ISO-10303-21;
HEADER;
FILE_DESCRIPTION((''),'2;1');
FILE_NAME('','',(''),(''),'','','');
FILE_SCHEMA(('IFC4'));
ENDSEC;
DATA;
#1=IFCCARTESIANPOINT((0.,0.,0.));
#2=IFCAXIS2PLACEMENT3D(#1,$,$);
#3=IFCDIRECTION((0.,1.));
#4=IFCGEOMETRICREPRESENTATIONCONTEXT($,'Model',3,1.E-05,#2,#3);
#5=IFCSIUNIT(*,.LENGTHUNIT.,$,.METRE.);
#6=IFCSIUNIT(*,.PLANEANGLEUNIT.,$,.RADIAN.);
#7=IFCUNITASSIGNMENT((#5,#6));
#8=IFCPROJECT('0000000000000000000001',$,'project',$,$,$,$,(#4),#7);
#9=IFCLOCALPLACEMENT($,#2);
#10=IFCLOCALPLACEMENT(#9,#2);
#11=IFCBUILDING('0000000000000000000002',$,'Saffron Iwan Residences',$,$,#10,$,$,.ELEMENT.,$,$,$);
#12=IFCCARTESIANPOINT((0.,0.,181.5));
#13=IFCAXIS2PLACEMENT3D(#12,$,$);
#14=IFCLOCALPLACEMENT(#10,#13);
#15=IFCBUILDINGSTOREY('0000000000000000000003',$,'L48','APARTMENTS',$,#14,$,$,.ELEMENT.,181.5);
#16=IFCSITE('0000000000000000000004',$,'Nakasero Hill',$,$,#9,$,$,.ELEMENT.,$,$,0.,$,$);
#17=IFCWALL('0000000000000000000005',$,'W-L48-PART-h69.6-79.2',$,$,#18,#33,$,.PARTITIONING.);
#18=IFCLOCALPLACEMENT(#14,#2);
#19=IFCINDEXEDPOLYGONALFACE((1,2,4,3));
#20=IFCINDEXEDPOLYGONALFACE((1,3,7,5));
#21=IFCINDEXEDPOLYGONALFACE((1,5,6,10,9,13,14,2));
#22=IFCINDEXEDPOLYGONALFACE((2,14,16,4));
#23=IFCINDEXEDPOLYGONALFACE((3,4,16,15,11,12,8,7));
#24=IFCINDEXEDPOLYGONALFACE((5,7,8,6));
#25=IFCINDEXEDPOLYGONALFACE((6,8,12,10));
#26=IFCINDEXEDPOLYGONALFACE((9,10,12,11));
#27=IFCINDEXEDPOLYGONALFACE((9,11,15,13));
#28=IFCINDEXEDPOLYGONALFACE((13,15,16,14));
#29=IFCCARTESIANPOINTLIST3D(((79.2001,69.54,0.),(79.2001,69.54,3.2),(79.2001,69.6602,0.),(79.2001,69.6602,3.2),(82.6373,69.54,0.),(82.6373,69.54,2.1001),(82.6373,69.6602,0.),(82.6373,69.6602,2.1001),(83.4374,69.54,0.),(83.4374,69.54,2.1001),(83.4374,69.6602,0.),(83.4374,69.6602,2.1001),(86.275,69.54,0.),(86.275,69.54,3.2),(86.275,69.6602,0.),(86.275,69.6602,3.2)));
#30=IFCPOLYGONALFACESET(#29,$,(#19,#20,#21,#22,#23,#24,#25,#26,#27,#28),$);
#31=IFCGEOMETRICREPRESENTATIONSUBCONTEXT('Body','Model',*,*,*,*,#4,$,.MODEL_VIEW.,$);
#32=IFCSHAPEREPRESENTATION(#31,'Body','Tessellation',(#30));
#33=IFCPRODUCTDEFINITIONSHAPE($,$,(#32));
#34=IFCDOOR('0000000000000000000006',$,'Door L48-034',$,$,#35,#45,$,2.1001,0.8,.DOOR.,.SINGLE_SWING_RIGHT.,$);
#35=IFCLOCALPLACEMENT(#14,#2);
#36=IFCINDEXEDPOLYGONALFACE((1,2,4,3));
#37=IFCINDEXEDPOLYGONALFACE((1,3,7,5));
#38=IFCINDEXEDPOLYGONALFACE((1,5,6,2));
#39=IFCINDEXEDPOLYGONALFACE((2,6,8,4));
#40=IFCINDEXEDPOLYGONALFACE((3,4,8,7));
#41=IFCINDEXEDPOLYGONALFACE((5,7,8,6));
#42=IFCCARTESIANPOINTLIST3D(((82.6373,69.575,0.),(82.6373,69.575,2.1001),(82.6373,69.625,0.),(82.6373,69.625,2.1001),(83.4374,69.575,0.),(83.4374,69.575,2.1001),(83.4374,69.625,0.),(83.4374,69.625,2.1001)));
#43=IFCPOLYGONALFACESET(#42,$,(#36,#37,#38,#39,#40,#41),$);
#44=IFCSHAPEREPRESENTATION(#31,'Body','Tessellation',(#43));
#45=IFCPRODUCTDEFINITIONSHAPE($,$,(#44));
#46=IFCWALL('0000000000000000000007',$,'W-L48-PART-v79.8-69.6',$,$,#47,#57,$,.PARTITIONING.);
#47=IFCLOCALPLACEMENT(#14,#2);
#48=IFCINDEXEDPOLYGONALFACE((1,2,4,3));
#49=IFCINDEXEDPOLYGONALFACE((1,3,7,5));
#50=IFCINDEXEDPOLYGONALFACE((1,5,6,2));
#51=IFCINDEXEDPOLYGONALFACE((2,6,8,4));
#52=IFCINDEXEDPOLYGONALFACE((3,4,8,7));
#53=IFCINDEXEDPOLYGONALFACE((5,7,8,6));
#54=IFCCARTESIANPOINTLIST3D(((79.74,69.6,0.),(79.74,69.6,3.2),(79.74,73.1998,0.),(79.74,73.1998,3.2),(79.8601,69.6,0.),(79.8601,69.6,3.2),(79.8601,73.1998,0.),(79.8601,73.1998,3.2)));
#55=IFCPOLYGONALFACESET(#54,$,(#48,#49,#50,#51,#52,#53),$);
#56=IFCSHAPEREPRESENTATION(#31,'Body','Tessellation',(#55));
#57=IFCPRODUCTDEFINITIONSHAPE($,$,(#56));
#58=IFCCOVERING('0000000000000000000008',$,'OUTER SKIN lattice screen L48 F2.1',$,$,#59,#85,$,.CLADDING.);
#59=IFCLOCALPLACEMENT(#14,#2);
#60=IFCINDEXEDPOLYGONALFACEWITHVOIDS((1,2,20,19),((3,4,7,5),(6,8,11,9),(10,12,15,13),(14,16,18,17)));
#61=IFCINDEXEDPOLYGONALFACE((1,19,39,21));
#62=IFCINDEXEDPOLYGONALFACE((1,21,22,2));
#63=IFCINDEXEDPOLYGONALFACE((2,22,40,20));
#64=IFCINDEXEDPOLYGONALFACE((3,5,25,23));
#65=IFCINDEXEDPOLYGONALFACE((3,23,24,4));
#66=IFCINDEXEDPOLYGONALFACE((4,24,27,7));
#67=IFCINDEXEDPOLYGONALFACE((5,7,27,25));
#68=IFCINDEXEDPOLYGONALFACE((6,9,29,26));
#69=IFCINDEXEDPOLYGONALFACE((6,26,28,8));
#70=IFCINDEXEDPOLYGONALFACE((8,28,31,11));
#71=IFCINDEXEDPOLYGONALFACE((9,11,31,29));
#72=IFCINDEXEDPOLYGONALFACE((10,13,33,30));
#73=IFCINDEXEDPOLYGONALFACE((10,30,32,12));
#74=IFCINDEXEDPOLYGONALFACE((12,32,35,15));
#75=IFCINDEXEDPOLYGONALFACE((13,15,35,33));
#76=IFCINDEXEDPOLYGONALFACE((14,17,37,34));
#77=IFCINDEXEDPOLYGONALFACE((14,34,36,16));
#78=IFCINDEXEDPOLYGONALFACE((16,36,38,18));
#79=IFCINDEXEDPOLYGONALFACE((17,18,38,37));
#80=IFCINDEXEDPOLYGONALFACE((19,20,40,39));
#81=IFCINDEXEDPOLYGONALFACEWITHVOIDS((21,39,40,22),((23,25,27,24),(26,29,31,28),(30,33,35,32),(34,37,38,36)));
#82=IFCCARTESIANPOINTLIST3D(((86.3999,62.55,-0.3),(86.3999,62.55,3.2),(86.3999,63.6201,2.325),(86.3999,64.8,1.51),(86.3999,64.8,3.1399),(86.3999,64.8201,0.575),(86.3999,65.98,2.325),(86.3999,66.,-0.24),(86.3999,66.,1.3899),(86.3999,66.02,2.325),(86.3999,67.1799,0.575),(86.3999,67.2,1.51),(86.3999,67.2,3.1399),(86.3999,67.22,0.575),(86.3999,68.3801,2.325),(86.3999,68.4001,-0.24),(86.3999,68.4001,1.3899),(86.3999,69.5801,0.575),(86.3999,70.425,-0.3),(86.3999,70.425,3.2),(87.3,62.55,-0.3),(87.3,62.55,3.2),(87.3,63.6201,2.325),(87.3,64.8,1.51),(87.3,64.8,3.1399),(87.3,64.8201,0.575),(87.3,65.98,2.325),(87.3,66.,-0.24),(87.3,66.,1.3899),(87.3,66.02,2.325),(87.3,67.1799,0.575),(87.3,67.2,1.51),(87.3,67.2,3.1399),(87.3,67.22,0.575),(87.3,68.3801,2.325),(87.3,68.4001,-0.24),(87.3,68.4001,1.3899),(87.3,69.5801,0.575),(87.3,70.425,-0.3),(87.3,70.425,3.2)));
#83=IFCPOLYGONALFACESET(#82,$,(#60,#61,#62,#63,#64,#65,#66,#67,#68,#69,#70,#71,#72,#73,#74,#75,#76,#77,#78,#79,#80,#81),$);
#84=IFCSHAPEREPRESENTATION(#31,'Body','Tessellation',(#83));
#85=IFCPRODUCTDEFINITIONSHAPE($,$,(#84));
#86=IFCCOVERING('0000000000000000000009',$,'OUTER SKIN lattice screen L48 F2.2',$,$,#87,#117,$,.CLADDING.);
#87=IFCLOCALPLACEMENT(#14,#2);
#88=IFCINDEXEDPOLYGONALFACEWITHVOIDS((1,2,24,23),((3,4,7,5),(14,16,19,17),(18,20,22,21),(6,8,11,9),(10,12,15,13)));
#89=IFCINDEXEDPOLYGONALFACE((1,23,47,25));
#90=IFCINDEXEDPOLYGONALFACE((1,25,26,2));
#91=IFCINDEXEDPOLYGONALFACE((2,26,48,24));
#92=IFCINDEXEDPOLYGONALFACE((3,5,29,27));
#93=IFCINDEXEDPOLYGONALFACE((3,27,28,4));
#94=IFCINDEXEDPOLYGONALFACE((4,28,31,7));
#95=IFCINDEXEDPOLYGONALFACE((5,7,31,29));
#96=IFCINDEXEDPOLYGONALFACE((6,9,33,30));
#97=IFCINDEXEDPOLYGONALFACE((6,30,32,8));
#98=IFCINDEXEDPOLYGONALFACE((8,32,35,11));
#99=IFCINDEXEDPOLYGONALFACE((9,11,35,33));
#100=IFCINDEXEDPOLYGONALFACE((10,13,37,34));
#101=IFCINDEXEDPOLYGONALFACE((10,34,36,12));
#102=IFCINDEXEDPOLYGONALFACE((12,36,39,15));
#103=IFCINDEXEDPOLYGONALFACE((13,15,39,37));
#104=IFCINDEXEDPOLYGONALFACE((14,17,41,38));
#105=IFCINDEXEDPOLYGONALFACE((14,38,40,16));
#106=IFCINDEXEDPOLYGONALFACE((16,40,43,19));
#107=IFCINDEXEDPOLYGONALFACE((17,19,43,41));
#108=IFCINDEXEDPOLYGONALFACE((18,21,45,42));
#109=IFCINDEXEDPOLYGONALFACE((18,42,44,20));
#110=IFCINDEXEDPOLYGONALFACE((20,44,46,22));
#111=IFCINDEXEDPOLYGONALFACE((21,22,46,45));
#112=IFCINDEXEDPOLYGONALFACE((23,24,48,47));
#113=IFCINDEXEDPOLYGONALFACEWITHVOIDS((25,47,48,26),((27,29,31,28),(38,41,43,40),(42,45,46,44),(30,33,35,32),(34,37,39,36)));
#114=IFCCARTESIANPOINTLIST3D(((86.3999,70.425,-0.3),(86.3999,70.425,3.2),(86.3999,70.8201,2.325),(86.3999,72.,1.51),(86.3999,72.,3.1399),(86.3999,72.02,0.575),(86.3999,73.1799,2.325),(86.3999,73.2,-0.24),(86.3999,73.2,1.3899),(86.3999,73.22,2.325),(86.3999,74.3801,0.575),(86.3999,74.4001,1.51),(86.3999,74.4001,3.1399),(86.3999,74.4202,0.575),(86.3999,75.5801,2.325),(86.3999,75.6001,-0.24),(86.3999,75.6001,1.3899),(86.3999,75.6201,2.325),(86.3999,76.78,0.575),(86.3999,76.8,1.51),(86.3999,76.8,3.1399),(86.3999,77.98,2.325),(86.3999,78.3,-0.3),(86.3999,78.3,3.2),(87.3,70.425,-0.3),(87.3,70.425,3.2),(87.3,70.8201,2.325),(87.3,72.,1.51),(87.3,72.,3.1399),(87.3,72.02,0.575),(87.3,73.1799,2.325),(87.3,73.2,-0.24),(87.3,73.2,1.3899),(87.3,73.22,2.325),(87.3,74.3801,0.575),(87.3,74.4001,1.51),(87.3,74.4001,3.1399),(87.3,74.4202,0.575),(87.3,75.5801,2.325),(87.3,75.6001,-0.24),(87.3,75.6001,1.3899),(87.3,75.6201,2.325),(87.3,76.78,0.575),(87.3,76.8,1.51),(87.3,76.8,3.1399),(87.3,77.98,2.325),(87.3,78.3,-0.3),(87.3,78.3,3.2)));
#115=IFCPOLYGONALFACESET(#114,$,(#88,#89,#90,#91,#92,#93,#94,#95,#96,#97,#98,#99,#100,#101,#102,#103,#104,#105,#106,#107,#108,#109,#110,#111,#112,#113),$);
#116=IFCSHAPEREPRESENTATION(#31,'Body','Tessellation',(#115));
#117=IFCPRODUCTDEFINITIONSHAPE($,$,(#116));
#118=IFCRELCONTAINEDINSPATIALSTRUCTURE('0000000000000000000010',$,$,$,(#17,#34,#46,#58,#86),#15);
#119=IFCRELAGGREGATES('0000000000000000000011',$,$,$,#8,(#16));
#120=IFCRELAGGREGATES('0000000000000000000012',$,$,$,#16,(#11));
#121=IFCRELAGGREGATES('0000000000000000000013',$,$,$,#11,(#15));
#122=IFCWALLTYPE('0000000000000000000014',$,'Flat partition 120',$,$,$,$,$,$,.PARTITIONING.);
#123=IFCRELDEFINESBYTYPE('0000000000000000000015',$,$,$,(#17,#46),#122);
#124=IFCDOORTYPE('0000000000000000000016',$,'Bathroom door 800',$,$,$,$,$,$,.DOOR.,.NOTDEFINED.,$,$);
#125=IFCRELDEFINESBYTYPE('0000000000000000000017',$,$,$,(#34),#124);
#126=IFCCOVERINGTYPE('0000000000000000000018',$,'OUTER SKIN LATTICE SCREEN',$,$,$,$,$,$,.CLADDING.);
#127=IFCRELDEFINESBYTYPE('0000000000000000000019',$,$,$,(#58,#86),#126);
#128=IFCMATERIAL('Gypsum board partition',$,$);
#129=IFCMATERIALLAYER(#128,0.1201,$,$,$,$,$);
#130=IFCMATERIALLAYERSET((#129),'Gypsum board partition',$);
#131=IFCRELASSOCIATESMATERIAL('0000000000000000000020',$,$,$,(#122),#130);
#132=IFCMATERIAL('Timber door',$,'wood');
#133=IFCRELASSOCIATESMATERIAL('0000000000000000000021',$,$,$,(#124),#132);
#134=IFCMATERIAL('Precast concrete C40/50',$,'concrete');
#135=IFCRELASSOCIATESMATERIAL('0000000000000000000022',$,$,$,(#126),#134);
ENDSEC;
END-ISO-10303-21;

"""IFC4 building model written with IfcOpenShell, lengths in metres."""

from ifc_helpers import new_model, si_unit, direction, frame, frame_2d, origin, place, context, subcontext, project, spatial, polyline, rectangle, outline, extrude, material, layer, layer_set, type_object, element, fill, save


model = new_model("IFC4")

# Units and contexts
model_context = context("Model", 3, precision=1e-05, world=origin(), true_north=direction((0.0, 1.0)))
body_context = subcontext(model_context, "Body", "Model", "MODEL_VIEW")
ifc_project = project(units=[si_unit("LENGTHUNIT", "METRE"), si_unit("PLANEANGLEUNIT", "RADIAN")], contexts=[model_context])

# Site, building, storey
site_placement = place(None, origin())
site = spatial("IfcSite", under=ifc_project, at=site_placement, Name="Nakasero Hill", CompositionType="ELEMENT", RefElevation=0.0)
building_placement = place(site_placement, origin())
building = spatial("IfcBuilding", under=site, at=building_placement, Name="Saffron Iwan Residences", CompositionType="ELEMENT")
storey_placement = place(building_placement, frame((0.0, 0.0, 181.5)))
storey = spatial("IfcBuildingStorey", under=building, at=storey_placement, Name="L48", Description="APARTMENTS", CompositionType="ELEMENT", Elevation=181.5)

# Wall, opening, door
ifc_material_1 = material(Name="Gypsum board partition")
ifc_layer_1 = layer(ifc_material_1, 0.1201)
ifc_layer_set_1 = layer_set([ifc_layer_1], Name="Gypsum board partition")
wall_type_1 = type_object("IfcWallType", Name="Flat partition 120", PredefinedType="PARTITIONING", material=ifc_layer_set_1)
wall_1_placement = place(storey_placement, frame((79.2, 69.6001, 0.0), z_axis=(0.0, 0.0, 1.0), x_axis=(1.0, 0.0, 0.0)))
wall_1 = element("IfcWall", 1, at=wall_1_placement, inside=storey, type_object=wall_type_1, Name="W-L48-PART-h69.6-79.2", PredefinedType="PARTITIONING", context=body_context, shape_type="SweptSolid", body=[
    extrude(rectangle(XDim=7.075, YDim=0.1201, at=frame_2d((3.5376, 0.0))), origin(), (0.0, 0.0, 1.0), 3.2),
])
opening_1_placement = place(wall_1_placement, frame((3.4375, 0.0, 0.0)))
opening_1 = element("IfcOpeningElement", 2, at=opening_1_placement, cuts=wall_1, PredefinedType="OPENING", context=body_context, shape_type="SweptSolid", body=[
    extrude(rectangle(XDim=0.8, YDim=2.1001, at=frame_2d((0.3999, 1.05))), frame((0.0, 0.0701, 0.0), z_axis=(0.0, -1.0, 0.0), x_axis=(1.0, 0.0, 0.0)), (0.0, 0.0, 1.0), 0.1401),
])
ifc_material_2 = material(Name="Timber door", Category="wood")
door_type = type_object("IfcDoorType", Name="Bathroom door 800", OperationType="NOTDEFINED", PredefinedType="DOOR", material=ifc_material_2)
door_placement = place(opening_1_placement, origin())
door = element("IfcDoor", 3, at=door_placement, inside=storey, type_object=door_type, Name="Door L48-034", OperationType="SINGLE_SWING_RIGHT", OverallHeight=2.1001, OverallWidth=0.8, PredefinedType="DOOR", context=body_context, shape_type="SweptSolid", body=[
    extrude(rectangle(XDim=0.8, YDim=2.1001, at=frame_2d((0.3999, 1.05))), frame((0.0, 0.0249, 0.0), z_axis=(0.0, -1.0, 0.0), x_axis=(1.0, 0.0, 0.0)), (0.0, 0.0, 1.0), 0.05),
])
fill(opening_1, door)

# Wall
wall_2_placement = place(storey_placement, frame((79.8, 69.6001, 0.0), z_axis=(0.0, 0.0, 1.0), x_axis=(0.0, 1.0, 0.0)))
element("IfcWall", 4, at=wall_2_placement, inside=storey, type_object=wall_type_1, Name="W-L48-PART-v79.8-69.6", PredefinedType="PARTITIONING", context=body_context, shape_type="SweptSolid", body=[
    extrude(rectangle(XDim=3.5999, YDim=0.1201, at=frame_2d((1.7998, 0.0))), origin(), (0.0, 0.0, 1.0), 3.2),
])

# Coverings
ifc_material_3 = material(Name="Precast concrete C40/50", Category="concrete")
covering_type = type_object("IfcCoveringType", Name="OUTER SKIN LATTICE SCREEN", PredefinedType="CLADDING", material=ifc_material_3)
covering_1_placement = place(storey_placement, frame((86.3999, 62.55, -0.3), z_axis=(1.0, 0.0, 0.0), x_axis=(0.0, 1.0, 0.0)))
element("IfcCovering", 5, at=covering_1_placement, inside=storey, type_object=covering_type, Name="OUTER SKIN lattice screen L48 F2.1", PredefinedType="CLADDING", context=body_context, shape_type="SweptSolid", body=[
    extrude(outline(polyline([(0.0, 0.0), (7.875, 0.0), (7.875, 3.5), (0.0, 3.5), (0.0, 0.0)]), holes=[polyline([(2.27, 0.875), (3.45, 0.0601), (4.6299, 0.875), (3.45, 1.6899), (2.27, 0.875)]), polyline([(4.6699, 0.875), (5.8501, 0.0601), (7.03, 0.875), (5.8501, 1.6899), (4.6699, 0.875)]), polyline([(1.0701, 2.625), (2.25, 1.8101), (3.4299, 2.625), (2.25, 3.4399), (1.0701, 2.625)]), polyline([(3.47, 2.625), (4.6499, 1.8101), (5.8301, 2.625), (4.6499, 3.4399), (3.47, 2.625)])]), origin(), (0.0, 0.0, 1.0), 0.9001),
])
covering_2_placement = place(storey_placement, frame((86.3999, 70.425, -0.3), z_axis=(1.0, 0.0, 0.0), x_axis=(0.0, 1.0, 0.0)))
element("IfcCovering", 6, at=covering_2_placement, inside=storey, type_object=covering_type, Name="OUTER SKIN lattice screen L48 F2.2", PredefinedType="CLADDING", context=body_context, shape_type="SweptSolid", body=[
    extrude(outline(polyline([(0.0, 0.0), (7.875, 0.0), (7.875, 3.5), (0.0, 3.5), (0.0, 0.0)]), holes=[polyline([(1.595, 0.875), (2.7749, 0.0601), (3.9551, 0.875), (2.7749, 1.6899), (1.595, 0.875)]), polyline([(3.9951, 0.875), (5.175, 0.0601), (6.355, 0.875), (5.175, 1.6899), (3.9951, 0.875)]), polyline([(0.395, 2.625), (1.575, 1.8101), (2.7549, 2.625), (1.575, 3.4399), (0.395, 2.625)]), polyline([(2.7949, 2.625), (3.9751, 1.8101), (5.155, 2.625), (3.9751, 3.4399), (2.7949, 2.625)]), polyline([(5.1951, 2.625), (6.375, 1.8101), (7.5549, 2.625), (6.375, 3.4399), (5.1951, 2.625)])]), origin(), (0.0, 0.0, 1.0), 0.9001),
])

save(model, "model.ifc")
